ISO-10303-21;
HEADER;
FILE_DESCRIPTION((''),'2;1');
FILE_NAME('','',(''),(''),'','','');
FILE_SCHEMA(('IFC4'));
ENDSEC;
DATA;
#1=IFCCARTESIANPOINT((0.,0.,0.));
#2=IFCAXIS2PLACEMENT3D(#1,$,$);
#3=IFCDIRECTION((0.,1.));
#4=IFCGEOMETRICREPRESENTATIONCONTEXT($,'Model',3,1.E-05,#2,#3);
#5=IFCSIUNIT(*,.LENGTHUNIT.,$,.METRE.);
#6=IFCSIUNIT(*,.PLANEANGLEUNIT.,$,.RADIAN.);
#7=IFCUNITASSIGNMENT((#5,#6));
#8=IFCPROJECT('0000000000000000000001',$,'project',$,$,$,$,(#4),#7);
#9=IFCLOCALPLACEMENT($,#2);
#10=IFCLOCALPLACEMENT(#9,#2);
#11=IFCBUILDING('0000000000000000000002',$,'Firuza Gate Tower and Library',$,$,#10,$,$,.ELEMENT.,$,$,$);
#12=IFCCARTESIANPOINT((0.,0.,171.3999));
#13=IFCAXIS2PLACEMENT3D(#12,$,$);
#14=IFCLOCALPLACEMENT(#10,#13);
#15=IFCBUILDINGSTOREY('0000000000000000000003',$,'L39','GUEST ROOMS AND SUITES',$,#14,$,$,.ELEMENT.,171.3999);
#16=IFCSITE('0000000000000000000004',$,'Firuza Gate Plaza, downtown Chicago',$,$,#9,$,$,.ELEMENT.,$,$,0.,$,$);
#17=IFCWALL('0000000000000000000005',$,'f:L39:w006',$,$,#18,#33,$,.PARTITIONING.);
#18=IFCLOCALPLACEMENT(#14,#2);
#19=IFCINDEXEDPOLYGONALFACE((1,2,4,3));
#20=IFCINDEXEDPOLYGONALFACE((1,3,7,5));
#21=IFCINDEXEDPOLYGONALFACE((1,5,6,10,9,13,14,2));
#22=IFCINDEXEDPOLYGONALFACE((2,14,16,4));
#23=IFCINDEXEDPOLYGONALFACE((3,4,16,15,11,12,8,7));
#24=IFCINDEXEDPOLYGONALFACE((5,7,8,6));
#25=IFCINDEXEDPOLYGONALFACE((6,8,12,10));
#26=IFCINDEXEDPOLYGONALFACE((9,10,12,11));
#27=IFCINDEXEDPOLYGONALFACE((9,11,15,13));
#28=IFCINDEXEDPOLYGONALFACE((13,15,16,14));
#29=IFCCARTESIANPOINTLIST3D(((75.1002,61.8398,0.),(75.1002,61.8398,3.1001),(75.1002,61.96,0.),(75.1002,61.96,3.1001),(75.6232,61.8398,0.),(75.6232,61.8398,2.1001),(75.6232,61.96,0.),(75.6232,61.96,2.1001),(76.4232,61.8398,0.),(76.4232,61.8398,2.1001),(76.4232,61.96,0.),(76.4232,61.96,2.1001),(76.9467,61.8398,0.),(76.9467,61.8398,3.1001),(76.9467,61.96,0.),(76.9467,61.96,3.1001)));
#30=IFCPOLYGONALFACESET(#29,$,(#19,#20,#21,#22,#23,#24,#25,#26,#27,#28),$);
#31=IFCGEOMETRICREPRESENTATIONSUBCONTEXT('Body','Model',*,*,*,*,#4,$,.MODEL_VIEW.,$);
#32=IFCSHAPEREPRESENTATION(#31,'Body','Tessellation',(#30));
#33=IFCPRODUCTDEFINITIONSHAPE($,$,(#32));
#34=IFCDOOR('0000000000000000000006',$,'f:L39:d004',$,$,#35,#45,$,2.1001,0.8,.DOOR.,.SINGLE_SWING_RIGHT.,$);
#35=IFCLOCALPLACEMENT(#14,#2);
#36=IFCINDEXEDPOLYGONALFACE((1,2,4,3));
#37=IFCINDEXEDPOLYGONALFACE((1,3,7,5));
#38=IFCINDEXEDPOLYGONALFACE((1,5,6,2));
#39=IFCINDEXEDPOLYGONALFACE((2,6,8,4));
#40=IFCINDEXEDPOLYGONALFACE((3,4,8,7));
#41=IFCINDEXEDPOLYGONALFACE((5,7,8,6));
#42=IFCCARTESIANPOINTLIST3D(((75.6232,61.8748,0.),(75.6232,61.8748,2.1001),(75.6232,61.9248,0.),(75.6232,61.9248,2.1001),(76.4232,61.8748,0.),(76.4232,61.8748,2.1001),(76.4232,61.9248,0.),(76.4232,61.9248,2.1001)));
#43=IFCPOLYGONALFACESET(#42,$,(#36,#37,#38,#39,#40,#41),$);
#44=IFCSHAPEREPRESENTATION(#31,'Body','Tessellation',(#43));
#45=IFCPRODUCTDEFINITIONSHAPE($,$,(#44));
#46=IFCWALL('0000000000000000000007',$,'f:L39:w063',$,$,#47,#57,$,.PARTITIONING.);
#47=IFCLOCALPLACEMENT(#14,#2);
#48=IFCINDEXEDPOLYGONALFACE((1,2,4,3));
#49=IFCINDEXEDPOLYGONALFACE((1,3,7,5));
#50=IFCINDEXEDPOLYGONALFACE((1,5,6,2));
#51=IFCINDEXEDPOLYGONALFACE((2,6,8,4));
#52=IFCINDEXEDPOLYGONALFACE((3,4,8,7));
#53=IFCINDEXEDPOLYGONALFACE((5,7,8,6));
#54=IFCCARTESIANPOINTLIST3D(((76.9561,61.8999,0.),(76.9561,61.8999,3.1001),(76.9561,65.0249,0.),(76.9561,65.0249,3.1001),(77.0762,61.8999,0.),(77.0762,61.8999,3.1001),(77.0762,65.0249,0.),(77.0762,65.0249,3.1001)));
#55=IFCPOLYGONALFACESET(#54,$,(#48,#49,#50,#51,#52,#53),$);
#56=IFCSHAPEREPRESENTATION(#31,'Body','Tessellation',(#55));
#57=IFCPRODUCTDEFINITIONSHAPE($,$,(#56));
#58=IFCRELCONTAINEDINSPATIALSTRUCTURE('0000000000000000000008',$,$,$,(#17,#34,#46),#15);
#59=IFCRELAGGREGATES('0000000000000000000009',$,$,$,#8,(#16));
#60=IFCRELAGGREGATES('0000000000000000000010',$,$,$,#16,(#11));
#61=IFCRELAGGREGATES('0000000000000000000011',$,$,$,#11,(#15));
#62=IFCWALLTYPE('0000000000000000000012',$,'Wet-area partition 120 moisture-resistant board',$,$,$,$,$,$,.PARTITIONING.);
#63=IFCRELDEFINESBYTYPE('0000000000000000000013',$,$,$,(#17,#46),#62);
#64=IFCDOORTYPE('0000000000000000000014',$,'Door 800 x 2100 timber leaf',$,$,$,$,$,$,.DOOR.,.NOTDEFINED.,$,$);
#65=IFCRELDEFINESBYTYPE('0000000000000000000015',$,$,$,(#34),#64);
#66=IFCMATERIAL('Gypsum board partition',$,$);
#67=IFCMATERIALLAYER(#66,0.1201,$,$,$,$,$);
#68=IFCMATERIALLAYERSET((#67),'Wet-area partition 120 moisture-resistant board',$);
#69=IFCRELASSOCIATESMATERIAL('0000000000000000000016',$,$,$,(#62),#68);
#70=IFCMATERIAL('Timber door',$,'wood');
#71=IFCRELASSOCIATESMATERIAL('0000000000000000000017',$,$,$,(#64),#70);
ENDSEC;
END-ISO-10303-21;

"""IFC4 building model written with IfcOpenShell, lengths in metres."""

from ifc_helpers import new_model, si_unit, direction, frame, frame_2d, origin, place, context, subcontext, project, spatial, rectangle, extrude, material, layer, layer_set, type_object, element, fill, save


model = new_model("IFC4")

# Units and contexts
model_context = context("Model", 3, precision=1e-05, world=origin(), true_north=direction((0.0, 1.0)))
body_context = subcontext(model_context, "Body", "Model", "MODEL_VIEW")
ifc_project = project(units=[si_unit("LENGTHUNIT", "METRE"), si_unit("PLANEANGLEUNIT", "RADIAN")], contexts=[model_context])

# Site, building, storey
site_placement = place(None, origin())
site = spatial("IfcSite", under=ifc_project, at=site_placement, Name="Firuza Gate Plaza, downtown Chicago", CompositionType="ELEMENT", RefElevation=0.0)
building_placement = place(site_placement, origin())
building = spatial("IfcBuilding", under=site, at=building_placement, Name="Firuza Gate Tower and Library", CompositionType="ELEMENT")
storey_placement = place(building_placement, frame((0.0, 0.0, 171.3999)))
storey = spatial("IfcBuildingStorey", under=building, at=storey_placement, Name="L39", Description="GUEST ROOMS AND SUITES", CompositionType="ELEMENT", Elevation=171.3999)

# Wall, opening, door
ifc_material_1 = material(Name="Gypsum board partition")
ifc_layer_1 = layer(ifc_material_1, 0.1201)
ifc_layer_set_1 = layer_set([ifc_layer_1], Name="Wet-area partition 120 moisture-resistant board")
wall_type_1 = type_object("IfcWallType", Name="Wet-area partition 120 moisture-resistant board", PredefinedType="PARTITIONING", material=ifc_layer_set_1)
wall_1_placement = place(storey_placement, frame((75.1001, 61.8999, 0.0), z_axis=(0.0, 0.0, 1.0), x_axis=(1.0, 0.0, 0.0)))
wall_1 = element("IfcWall", 1, at=wall_1_placement, inside=storey, type_object=wall_type_1, Name="f:L39:w006", PredefinedType="PARTITIONING", context=body_context, shape_type="SweptSolid", body=[
    extrude(rectangle(XDim=1.8464, YDim=0.1201, at=frame_2d((0.9233, 0.0))), origin(), (0.0, 0.0, 1.0), 3.1001),
])
opening_placement = place(wall_1_placement, frame((0.5232, 0.0, 0.0)))
opening = element("IfcOpeningElement", 2, at=opening_placement, cuts=wall_1, PredefinedType="OPENING", context=body_context, shape_type="SweptSolid", body=[
    extrude(rectangle(XDim=0.8, YDim=2.1001, at=frame_2d((0.3999, 1.05))), frame((0.0, 0.0701, 0.0), z_axis=(0.0, -1.0, 0.0), x_axis=(1.0, 0.0, 0.0)), (0.0, 0.0, 1.0), 0.1401),
])
ifc_material_2 = material(Name="Timber door", Category="wood")
door_type = type_object("IfcDoorType", Name="Door 800 x 2100 timber leaf", OperationType="NOTDEFINED", PredefinedType="DOOR", material=ifc_material_2)
door_placement = place(opening_placement, origin())
door = element("IfcDoor", 3, at=door_placement, inside=storey, type_object=door_type, Name="f:L39:d004", OperationType="SINGLE_SWING_RIGHT", OverallHeight=2.1001, OverallWidth=0.8, PredefinedType="DOOR", context=body_context, shape_type="SweptSolid", body=[
    extrude(rectangle(XDim=0.8, YDim=2.1001, at=frame_2d((0.3999, 1.05))), frame((0.0, 0.0249, 0.0), z_axis=(0.0, -1.0, 0.0), x_axis=(1.0, 0.0, 0.0)), (0.0, 0.0, 1.0), 0.05),
])
fill(opening, door)

# Wall
wall_2_placement = place(storey_placement, frame((77.0161, 61.8999, 0.0), z_axis=(0.0, 0.0, 1.0), x_axis=(0.0, 1.0, 0.0)))
element("IfcWall", 4, at=wall_2_placement, inside=storey, type_object=wall_type_1, Name="f:L39:w063", PredefinedType="PARTITIONING", context=body_context, shape_type="SweptSolid", body=[
    extrude(rectangle(XDim=3.125, YDim=0.1201, at=frame_2d((1.5625, 0.0))), origin(), (0.0, 0.0, 1.0), 3.1001),
])

save(model, "model.ifc")
